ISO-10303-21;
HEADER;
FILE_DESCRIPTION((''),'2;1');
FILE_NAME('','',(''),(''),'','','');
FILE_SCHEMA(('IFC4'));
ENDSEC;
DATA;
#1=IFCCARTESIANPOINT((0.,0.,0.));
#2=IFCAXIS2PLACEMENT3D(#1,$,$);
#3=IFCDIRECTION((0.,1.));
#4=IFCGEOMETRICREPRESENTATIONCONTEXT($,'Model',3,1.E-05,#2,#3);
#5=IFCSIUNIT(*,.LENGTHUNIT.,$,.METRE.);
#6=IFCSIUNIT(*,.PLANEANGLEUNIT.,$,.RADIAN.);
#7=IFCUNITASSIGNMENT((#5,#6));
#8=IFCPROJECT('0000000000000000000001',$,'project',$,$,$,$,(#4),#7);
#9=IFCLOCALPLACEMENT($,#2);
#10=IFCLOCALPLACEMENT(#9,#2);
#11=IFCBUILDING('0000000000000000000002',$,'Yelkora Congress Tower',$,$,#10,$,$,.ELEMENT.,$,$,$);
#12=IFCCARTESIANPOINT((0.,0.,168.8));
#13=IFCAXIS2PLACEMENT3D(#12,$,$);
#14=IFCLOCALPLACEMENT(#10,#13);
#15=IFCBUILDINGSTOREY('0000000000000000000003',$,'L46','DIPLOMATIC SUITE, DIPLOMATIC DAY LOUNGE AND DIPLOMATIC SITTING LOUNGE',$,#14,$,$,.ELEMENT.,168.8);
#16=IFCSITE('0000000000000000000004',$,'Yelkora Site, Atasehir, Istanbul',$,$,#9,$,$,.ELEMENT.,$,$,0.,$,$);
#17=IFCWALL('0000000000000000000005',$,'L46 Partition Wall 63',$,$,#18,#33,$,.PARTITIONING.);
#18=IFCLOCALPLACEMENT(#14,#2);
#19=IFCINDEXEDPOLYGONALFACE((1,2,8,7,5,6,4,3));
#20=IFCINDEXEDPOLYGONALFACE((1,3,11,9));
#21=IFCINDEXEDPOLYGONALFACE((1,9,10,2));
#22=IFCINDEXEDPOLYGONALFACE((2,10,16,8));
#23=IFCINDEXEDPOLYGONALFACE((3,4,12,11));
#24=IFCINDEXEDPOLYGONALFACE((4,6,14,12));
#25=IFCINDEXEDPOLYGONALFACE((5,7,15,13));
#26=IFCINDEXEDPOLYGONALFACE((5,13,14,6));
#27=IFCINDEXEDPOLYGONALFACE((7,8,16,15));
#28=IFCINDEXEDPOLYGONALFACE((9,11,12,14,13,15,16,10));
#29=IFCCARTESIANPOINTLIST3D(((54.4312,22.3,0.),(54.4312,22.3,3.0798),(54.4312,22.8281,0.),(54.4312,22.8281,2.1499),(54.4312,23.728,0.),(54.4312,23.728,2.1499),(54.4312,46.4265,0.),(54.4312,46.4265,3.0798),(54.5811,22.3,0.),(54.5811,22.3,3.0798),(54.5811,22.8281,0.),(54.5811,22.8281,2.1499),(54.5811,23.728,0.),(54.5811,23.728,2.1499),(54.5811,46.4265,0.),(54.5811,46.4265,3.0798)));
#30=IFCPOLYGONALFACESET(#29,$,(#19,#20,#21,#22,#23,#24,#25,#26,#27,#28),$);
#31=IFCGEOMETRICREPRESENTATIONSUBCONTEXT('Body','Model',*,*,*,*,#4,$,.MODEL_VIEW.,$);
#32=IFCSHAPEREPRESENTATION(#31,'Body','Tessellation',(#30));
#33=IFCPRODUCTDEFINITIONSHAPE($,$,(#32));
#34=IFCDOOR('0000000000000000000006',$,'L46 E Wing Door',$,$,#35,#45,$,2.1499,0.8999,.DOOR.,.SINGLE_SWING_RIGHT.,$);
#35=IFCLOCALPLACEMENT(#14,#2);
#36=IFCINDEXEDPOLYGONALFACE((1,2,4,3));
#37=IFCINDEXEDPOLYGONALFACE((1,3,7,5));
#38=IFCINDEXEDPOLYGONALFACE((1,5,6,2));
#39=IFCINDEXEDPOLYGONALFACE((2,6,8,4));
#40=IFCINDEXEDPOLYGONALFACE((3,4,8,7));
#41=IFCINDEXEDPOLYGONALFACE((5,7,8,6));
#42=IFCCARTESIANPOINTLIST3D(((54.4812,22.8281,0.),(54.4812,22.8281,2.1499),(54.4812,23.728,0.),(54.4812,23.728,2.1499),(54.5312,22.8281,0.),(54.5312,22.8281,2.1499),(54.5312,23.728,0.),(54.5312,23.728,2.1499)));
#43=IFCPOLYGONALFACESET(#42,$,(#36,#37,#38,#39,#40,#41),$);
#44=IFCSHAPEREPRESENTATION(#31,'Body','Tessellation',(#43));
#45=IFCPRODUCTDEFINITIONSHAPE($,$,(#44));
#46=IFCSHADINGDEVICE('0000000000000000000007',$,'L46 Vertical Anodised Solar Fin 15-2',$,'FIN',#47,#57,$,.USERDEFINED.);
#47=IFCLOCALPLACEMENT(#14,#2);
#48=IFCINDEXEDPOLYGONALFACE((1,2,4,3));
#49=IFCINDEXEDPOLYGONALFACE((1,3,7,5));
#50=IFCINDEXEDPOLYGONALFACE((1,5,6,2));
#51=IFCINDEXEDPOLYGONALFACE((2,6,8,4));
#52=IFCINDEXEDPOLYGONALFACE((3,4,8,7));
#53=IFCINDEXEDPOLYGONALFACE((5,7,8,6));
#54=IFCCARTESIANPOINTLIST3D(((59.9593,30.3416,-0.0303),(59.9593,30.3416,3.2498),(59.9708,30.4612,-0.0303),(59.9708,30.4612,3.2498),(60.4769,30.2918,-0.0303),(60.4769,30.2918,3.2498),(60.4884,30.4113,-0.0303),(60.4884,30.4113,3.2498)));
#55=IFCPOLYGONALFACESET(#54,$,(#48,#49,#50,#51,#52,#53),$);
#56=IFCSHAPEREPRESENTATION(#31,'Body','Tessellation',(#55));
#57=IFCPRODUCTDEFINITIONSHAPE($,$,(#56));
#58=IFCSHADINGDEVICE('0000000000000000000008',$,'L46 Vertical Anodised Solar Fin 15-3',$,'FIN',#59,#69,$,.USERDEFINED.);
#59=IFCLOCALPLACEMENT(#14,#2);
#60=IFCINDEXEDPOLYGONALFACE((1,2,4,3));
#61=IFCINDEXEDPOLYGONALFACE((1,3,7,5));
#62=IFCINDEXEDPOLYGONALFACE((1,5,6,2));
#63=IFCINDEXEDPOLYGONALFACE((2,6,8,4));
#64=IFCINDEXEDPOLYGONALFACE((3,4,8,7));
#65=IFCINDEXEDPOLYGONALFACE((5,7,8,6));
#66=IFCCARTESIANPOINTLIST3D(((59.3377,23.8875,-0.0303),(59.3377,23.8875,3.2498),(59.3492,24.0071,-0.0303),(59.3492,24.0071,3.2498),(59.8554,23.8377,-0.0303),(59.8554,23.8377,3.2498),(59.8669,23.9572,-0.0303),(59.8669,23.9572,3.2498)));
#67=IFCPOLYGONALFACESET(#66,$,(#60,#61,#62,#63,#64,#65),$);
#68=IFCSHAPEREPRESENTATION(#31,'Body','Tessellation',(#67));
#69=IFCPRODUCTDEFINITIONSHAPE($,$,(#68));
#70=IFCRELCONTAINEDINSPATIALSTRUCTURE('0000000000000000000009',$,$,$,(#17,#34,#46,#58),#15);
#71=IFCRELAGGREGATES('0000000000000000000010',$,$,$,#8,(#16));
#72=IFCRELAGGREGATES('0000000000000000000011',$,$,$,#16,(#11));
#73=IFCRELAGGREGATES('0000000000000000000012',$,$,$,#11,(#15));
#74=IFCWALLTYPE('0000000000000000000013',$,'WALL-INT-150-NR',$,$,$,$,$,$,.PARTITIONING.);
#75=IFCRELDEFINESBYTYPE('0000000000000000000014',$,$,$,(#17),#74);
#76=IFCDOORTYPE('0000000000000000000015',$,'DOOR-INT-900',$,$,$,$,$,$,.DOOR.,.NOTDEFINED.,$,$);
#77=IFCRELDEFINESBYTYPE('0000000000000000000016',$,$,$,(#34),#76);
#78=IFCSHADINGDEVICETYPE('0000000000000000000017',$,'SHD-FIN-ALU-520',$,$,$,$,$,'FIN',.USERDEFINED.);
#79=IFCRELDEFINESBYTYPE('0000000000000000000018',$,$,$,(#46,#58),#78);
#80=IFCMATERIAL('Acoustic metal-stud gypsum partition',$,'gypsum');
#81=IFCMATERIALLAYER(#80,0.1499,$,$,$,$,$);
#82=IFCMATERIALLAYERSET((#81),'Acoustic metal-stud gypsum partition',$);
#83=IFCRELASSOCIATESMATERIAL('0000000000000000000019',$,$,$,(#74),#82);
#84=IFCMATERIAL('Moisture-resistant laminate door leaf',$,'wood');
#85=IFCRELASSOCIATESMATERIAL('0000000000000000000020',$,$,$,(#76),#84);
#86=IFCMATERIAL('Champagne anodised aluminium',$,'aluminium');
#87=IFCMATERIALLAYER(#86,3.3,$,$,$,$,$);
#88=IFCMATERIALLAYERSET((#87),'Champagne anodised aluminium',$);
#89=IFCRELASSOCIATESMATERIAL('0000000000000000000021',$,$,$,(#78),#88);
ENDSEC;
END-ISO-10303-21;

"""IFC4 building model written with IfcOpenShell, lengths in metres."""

from ifc_helpers import new_model, si_unit, direction, frame, frame_2d, origin, origin_2d, place, context, subcontext, project, spatial, rectangle, extrude, material, layer, layer_set, type_object, element, fill, save


model = new_model("IFC4")

# Units and contexts
model_context = context("Model", 3, precision=1e-05, world=origin(), true_north=direction((0.0, 1.0)))
body_context = subcontext(model_context, "Body", "Model", "MODEL_VIEW")
ifc_project = project(units=[si_unit("LENGTHUNIT", "METRE"), si_unit("PLANEANGLEUNIT", "RADIAN")], contexts=[model_context])

# Site, building, storey
site_placement = place(None, origin())
site = spatial("IfcSite", under=ifc_project, at=site_placement, Name="Yelkora Site, Atasehir, Istanbul", CompositionType="ELEMENT", RefElevation=0.0)
building_placement = place(site_placement, origin())
building = spatial("IfcBuilding", under=site, at=building_placement, Name="Yelkora Congress Tower", CompositionType="ELEMENT")
storey_placement = place(building_placement, frame((0.0, 0.0, 168.8)))
storey = spatial("IfcBuildingStorey", under=building, at=storey_placement, Name="L46", Description="DIPLOMATIC SUITE, DIPLOMATIC DAY LOUNGE AND DIPLOMATIC SITTING LOUNGE", CompositionType="ELEMENT", Elevation=168.8)

# Wall, opening, door
ifc_material_1 = material(Name="Acoustic metal-stud gypsum partition", Category="gypsum")
ifc_layer_1 = layer(ifc_material_1, 0.1499)
ifc_layer_set_1 = layer_set([ifc_layer_1], Name="Acoustic metal-stud gypsum partition")
wall_type_1 = type_object("IfcWallType", Name="WALL-INT-150-NR", PredefinedType="PARTITIONING", material=ifc_layer_set_1)
wall_1_placement = place(storey_placement, frame((54.5061, 22.3, 0.0), z_axis=(0.0, 0.0, 1.0), x_axis=(0.0, 1.0, 0.0)))
wall_1 = element("IfcWall", 1, at=wall_1_placement, inside=storey, type_object=wall_type_1, Name="L46 Partition Wall 63", PredefinedType="PARTITIONING", context=body_context, shape_type="SweptSolid", body=[
    extrude(rectangle(XDim=24.1265, YDim=0.1499, at=frame_2d((12.0632, 0.0))), origin(), (0.0, 0.0, 1.0), 3.0798),
])
opening_1_placement = place(wall_1_placement, frame((0.5281, 0.0, 0.0)))
opening_1 = element("IfcOpeningElement", 2, at=opening_1_placement, cuts=wall_1, PredefinedType="OPENING", context=body_context, shape_type="SweptSolid", body=[
    extrude(rectangle(XDim=0.8999, YDim=2.1499, at=frame_2d((0.45, 1.075))), frame((0.0, 0.085, 0.0), z_axis=(0.0, -1.0, 0.0), x_axis=(1.0, 0.0, 0.0)), (0.0, 0.0, 1.0), 0.1699),
])
ifc_material_2 = material(Name="Moisture-resistant laminate door leaf", Category="wood")
door_type_1 = type_object("IfcDoorType", Name="DOOR-INT-900", OperationType="NOTDEFINED", PredefinedType="DOOR", material=ifc_material_2)
door_1_placement = place(opening_1_placement, origin())
door_1 = element("IfcDoor", 3, at=door_1_placement, inside=storey, type_object=door_type_1, Name="L46 E Wing Door", OperationType="SINGLE_SWING_RIGHT", OverallHeight=2.1499, OverallWidth=0.8999, PredefinedType="DOOR", context=body_context, shape_type="SweptSolid", body=[
    extrude(rectangle(XDim=0.8999, YDim=2.1499, at=frame_2d((0.45, 1.075))), frame((0.0, 0.0249, 0.0), z_axis=(0.0, -1.0, 0.0), x_axis=(1.0, 0.0, 0.0)), (0.0, 0.0, 1.0), 0.05),
])
fill(opening_1, door_1)

# Shading devices
ifc_material_3 = material(Name="Champagne anodised aluminium", Category="aluminium")
ifc_layer_2 = layer(ifc_material_3, 3.3)
ifc_layer_set_2 = layer_set([ifc_layer_2], Name="Champagne anodised aluminium")
shading_device_type = type_object("IfcShadingDeviceType", Name="SHD-FIN-ALU-520", ElementType="FIN", PredefinedType="USERDEFINED", material=ifc_layer_set_2)
for number, where, z_axis, x_axis, name in (
    (4, (60.2239, 30.3765, -0.0303), (0.0, 0.0, 1.0), (-0.095846, -0.995396, 0.0), "L46 Vertical Anodised Solar Fin 15-2"),
    (5, (59.6023, 23.9224, -0.0303), (0.0, 0.0, 1.0), (-0.095846, -0.995396, 0.0), "L46 Vertical Anodised Solar Fin 15-3"),
):
    element("IfcShadingDevice", number, at=place(storey_placement, frame(where, z_axis=z_axis, x_axis=x_axis)), inside=storey, type_object=shading_device_type, Name=name, ObjectType="FIN", PredefinedType="USERDEFINED", context=body_context, shape_type="SweptSolid", body=[
        extrude(rectangle(XDim=0.1201, YDim=0.52, at=origin_2d()), origin(), (0.0, 0.0, 1.0), 3.28),
    ])

save(model, "model.ifc")
